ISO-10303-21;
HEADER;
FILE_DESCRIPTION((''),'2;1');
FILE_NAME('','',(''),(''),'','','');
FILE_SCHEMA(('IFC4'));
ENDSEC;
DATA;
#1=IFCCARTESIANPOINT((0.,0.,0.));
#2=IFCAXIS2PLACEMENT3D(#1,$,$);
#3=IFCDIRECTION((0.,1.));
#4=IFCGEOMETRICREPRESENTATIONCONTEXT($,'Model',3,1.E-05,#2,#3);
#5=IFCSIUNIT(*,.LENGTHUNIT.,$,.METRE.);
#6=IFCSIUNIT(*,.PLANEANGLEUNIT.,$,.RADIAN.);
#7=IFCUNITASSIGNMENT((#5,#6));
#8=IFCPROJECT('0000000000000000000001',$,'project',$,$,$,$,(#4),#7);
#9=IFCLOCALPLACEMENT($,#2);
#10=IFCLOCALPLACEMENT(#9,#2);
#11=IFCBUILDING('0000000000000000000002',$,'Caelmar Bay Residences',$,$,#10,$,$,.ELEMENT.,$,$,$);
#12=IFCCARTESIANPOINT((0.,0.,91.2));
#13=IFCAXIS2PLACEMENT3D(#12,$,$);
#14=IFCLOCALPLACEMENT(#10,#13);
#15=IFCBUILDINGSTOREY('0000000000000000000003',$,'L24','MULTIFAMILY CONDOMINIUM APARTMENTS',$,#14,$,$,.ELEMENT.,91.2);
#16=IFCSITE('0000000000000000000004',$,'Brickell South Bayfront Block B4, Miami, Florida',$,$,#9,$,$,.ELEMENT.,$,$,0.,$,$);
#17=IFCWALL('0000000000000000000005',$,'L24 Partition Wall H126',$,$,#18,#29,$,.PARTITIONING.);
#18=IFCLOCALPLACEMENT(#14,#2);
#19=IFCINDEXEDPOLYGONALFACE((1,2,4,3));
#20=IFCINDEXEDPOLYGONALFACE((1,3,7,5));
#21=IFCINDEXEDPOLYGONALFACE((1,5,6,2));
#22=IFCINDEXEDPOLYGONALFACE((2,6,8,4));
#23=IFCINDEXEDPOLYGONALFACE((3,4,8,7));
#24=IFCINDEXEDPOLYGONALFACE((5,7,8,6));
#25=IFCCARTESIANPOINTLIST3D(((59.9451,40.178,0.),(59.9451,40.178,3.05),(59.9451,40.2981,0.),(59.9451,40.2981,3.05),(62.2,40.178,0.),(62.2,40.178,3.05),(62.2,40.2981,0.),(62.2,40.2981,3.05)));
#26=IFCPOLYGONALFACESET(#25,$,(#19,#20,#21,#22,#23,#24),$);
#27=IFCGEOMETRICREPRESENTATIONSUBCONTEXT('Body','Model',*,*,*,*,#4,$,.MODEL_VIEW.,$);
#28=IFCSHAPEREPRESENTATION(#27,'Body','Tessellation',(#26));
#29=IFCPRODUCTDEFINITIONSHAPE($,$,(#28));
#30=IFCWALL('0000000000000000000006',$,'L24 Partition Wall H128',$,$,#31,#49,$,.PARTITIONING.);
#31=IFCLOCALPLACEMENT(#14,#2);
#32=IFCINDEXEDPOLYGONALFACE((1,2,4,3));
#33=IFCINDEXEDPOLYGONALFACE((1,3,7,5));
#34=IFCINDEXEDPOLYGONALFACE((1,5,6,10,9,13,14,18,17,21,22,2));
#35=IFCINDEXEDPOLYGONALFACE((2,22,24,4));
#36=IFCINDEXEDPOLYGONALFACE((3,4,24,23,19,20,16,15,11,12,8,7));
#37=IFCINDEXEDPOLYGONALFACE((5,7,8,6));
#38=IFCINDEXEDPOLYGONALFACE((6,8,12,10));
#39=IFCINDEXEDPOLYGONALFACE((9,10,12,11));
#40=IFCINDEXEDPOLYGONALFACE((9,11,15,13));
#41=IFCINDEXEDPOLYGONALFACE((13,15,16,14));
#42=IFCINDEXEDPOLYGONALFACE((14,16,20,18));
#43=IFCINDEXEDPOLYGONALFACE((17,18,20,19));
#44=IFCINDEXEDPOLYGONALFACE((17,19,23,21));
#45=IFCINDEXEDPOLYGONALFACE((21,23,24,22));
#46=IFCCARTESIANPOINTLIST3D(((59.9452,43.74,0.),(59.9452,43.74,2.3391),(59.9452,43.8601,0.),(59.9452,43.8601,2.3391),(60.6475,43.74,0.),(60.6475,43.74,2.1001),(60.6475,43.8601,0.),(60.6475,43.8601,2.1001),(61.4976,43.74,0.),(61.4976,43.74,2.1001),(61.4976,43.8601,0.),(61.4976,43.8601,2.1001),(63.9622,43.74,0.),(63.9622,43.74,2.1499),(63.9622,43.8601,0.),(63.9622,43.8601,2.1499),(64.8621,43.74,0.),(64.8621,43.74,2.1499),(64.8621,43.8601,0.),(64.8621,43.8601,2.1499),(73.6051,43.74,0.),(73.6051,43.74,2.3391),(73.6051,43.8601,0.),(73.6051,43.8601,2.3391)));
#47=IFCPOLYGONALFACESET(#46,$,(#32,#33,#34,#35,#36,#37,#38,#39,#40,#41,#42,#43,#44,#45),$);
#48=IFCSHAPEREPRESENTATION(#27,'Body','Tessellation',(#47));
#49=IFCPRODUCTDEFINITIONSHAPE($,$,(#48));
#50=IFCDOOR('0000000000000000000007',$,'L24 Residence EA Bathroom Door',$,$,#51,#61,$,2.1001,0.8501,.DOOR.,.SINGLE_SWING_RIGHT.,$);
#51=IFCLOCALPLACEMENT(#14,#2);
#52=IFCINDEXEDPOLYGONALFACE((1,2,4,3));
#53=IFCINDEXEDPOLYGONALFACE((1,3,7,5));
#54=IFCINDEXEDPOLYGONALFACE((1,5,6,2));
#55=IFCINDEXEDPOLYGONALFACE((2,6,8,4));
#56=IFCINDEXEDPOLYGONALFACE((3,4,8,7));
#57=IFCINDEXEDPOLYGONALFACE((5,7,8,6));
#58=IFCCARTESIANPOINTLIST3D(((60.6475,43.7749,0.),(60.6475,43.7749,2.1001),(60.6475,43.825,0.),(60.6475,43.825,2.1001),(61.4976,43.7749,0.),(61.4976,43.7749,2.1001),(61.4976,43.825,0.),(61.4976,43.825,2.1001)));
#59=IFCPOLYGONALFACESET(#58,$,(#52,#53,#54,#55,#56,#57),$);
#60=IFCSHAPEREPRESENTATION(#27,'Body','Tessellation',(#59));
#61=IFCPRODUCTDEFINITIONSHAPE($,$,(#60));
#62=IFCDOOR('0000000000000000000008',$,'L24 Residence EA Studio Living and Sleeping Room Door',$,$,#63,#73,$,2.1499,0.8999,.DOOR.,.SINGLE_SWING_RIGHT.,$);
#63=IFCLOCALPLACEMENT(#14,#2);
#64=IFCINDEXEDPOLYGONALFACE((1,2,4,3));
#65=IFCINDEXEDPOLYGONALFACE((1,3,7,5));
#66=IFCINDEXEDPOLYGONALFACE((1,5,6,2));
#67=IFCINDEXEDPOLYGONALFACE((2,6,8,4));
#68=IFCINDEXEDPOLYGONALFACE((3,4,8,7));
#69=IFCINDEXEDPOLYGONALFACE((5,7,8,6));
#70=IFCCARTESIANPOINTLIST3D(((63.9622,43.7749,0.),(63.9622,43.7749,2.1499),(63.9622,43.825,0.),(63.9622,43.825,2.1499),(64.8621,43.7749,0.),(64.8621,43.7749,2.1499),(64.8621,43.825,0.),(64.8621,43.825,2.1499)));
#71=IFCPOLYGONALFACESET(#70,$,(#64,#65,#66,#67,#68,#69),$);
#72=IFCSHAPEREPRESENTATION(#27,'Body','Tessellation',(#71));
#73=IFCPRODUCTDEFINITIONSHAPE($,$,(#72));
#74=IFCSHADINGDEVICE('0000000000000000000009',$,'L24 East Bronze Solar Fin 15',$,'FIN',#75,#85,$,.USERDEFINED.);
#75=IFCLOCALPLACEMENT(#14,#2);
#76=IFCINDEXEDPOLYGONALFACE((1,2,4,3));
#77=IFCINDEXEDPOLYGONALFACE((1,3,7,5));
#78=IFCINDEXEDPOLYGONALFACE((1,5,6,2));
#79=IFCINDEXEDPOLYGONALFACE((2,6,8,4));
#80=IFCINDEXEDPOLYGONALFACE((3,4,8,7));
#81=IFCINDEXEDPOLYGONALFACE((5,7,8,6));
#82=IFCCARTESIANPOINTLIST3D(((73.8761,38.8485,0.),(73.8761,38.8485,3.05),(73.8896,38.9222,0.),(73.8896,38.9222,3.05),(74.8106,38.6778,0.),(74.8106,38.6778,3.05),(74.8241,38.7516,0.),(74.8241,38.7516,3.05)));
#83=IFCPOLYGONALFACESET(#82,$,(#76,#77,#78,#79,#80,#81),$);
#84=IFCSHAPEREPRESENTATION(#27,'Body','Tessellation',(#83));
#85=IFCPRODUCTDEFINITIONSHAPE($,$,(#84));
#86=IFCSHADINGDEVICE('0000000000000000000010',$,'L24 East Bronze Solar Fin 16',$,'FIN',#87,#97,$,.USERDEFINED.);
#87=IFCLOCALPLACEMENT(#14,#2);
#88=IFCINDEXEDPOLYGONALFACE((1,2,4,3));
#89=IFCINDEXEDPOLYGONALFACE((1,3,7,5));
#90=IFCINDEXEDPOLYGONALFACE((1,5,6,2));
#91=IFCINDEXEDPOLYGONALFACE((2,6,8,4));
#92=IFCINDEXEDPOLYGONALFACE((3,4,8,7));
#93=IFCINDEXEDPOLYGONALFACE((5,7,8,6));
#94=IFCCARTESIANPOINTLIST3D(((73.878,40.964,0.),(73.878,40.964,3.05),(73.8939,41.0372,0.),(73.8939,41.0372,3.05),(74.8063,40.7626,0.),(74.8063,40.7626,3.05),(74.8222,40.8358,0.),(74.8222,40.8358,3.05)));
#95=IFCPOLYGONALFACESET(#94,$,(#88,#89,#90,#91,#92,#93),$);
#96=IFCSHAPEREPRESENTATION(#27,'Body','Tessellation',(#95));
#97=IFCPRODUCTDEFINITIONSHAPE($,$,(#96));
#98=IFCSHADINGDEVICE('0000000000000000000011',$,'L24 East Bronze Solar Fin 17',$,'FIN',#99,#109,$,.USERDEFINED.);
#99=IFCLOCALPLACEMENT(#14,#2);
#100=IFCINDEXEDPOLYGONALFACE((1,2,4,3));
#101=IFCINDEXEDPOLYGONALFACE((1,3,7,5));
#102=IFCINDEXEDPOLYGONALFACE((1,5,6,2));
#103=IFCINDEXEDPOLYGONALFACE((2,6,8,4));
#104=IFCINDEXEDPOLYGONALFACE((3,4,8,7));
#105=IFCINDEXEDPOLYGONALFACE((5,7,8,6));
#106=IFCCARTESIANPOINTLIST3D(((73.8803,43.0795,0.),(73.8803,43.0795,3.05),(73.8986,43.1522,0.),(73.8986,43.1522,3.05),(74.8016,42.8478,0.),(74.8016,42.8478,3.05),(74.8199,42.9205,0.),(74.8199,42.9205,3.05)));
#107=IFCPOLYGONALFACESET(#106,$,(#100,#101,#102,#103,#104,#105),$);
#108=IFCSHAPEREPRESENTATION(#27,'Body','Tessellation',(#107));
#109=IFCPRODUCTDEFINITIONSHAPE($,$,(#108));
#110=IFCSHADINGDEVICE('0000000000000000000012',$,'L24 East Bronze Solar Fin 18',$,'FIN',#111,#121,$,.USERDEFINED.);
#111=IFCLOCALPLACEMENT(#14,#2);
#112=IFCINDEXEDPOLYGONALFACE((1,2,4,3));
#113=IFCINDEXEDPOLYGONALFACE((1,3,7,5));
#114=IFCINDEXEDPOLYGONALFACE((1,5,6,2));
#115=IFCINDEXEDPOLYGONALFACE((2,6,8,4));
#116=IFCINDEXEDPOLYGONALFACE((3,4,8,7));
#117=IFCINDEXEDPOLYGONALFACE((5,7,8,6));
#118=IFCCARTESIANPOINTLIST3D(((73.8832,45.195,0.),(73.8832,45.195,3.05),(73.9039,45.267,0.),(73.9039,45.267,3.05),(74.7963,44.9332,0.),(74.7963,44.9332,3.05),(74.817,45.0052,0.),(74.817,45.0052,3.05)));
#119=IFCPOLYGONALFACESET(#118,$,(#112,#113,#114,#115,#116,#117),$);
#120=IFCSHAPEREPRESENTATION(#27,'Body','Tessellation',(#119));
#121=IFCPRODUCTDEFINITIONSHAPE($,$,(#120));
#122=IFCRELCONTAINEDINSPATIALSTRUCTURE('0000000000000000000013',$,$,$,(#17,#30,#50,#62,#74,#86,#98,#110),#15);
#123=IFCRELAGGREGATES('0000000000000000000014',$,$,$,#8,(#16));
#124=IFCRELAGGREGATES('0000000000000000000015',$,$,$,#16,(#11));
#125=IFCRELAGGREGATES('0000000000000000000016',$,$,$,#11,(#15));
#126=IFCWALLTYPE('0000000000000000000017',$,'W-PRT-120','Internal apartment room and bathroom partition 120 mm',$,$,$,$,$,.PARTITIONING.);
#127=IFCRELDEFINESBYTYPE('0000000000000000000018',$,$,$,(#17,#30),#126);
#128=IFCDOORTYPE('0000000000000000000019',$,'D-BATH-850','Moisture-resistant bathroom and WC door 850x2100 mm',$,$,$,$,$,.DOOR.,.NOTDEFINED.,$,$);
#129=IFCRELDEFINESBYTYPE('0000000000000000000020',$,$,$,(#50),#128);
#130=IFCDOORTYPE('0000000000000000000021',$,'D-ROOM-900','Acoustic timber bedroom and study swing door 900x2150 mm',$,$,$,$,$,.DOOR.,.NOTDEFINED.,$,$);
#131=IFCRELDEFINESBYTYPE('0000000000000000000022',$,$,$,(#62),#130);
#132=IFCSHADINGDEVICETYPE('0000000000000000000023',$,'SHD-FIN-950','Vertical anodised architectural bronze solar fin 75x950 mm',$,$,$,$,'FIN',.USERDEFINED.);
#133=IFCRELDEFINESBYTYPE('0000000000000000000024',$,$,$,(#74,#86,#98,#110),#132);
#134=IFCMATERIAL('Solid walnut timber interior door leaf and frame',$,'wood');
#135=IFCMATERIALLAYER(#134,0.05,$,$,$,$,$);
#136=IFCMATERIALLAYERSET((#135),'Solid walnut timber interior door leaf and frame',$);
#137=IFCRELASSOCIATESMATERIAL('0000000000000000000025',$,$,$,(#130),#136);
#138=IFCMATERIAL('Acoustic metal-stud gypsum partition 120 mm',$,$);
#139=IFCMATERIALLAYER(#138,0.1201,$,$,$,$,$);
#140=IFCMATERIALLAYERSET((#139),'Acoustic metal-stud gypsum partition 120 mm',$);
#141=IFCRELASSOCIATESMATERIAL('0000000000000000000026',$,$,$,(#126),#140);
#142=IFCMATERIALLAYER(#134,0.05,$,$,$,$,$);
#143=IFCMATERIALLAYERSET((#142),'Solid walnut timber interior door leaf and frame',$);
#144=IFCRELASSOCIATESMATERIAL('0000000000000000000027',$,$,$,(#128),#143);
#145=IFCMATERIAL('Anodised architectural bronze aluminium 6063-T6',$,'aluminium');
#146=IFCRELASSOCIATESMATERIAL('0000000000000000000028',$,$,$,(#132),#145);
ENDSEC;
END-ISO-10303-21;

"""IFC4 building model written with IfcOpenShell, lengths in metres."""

from ifc_helpers import new_model, si_unit, direction, frame, frame_2d, origin, origin_2d, place, context, subcontext, project, spatial, rectangle, extrude, material, layer, layer_set, material_profile, profile_set, type_object, element, fill, save


model = new_model("IFC4")

# Units and contexts
model_context = context("Model", 3, precision=1e-05, world=origin(), true_north=direction((0.0, 1.0)))
body_context = subcontext(model_context, "Body", "Model", "MODEL_VIEW")
ifc_project = project(units=[si_unit("LENGTHUNIT", "METRE"), si_unit("PLANEANGLEUNIT", "RADIAN")], contexts=[model_context])

# Site, building, storey
site_placement = place(None, origin())
site = spatial("IfcSite", under=ifc_project, at=site_placement, Name="Brickell South Bayfront Block B4, Miami, Florida", CompositionType="ELEMENT", RefElevation=0.0)
building_placement = place(site_placement, origin())
building = spatial("IfcBuilding", under=site, at=building_placement, Name="Caelmar Bay Residences", CompositionType="ELEMENT")
storey_placement = place(building_placement, frame((0.0, 0.0, 91.2)))
storey = spatial("IfcBuildingStorey", under=building, at=storey_placement, Name="L24", Description="MULTIFAMILY CONDOMINIUM APARTMENTS", CompositionType="ELEMENT", Elevation=91.2)

# Shared definitions
ifc_material_1 = material(Name="Solid walnut timber interior door leaf and frame", Category="wood")
ifc_layer_1 = layer(ifc_material_1, 0.05)
ifc_layer_set_1 = layer_set([ifc_layer_1], Name="Solid walnut timber interior door leaf and frame")
door_type_1 = type_object("IfcDoorType", Name="D-ROOM-900", Description="Acoustic timber bedroom and study swing door 900x2150 mm", OperationType="NOTDEFINED", PredefinedType="DOOR", material=ifc_layer_set_1)
ifc_material_2 = material(Name="Acoustic metal-stud gypsum partition 120 mm")
ifc_layer_2 = layer(ifc_material_2, 0.1201)
ifc_layer_set_2 = layer_set([ifc_layer_2], Name="Acoustic metal-stud gypsum partition 120 mm")
wall_type_1 = type_object("IfcWallType", Name="W-PRT-120", Description="Internal apartment room and bathroom partition 120 mm", PredefinedType="PARTITIONING", material=ifc_layer_set_2)

# Wall
wall_1_placement = place(storey_placement, frame((59.9451, 40.238, 0.0), z_axis=(0.0, 0.0, 1.0), x_axis=(1.0, 0.0, 0.0)))
element("IfcWall", 1, at=wall_1_placement, inside=storey, type_object=wall_type_1, Name="L24 Partition Wall H126", PredefinedType="PARTITIONING", context=body_context, shape_type="SweptSolid", body=[
    extrude(rectangle(XDim=2.2549, YDim=0.1201, at=frame_2d((1.1274, 0.0))), origin(), (0.0, 0.0, 1.0), 3.05),
])

# Wall, openings, doors
wall_2_placement = place(storey_placement, frame((59.9451, 43.8, 0.0), z_axis=(0.0, 0.0, 1.0), x_axis=(1.0, 0.0, 0.0)))
wall_2 = element("IfcWall", 2, at=wall_2_placement, inside=storey, type_object=wall_type_1, Name="L24 Partition Wall H128", PredefinedType="PARTITIONING", context=body_context, shape_type="SweptSolid", body=[
    extrude(rectangle(XDim=13.6599, YDim=0.1201, at=frame_2d((6.8301, 0.0))), origin(), (0.0, 0.0, 1.0), 2.3391),
])
opening_1_placement = place(wall_2_placement, frame((4.0171, 0.0, 0.0)))
opening_1 = element("IfcOpeningElement", 3, at=opening_1_placement, cuts=wall_2, PredefinedType="OPENING", context=body_context, shape_type="SweptSolid", body=[
    extrude(rectangle(XDim=0.8999, YDim=2.1499, at=frame_2d((0.45, 1.075))), frame((0.0, 0.0701, 0.0), z_axis=(0.0, -1.0, 0.0), x_axis=(1.0, 0.0, 0.0)), (0.0, 0.0, 1.0), 0.1401),
])
opening_2_placement = place(wall_2_placement, frame((0.7024, 0.0, 0.0)))
opening_2 = element("IfcOpeningElement", 4, at=opening_2_placement, cuts=wall_2, PredefinedType="OPENING", context=body_context, shape_type="SweptSolid", body=[
    extrude(rectangle(XDim=0.8501, YDim=2.1001, at=frame_2d((0.425, 1.05))), frame((0.0, 0.0701, 0.0), z_axis=(0.0, -1.0, 0.0), x_axis=(1.0, 0.0, 0.0)), (0.0, 0.0, 1.0), 0.1401),
])
ifc_layer_3 = layer(ifc_material_1, 0.05)
ifc_layer_set_3 = layer_set([ifc_layer_3], Name="Solid walnut timber interior door leaf and frame")
door_type_2 = type_object("IfcDoorType", Name="D-BATH-850", Description="Moisture-resistant bathroom and WC door 850x2100 mm", OperationType="NOTDEFINED", PredefinedType="DOOR", material=ifc_layer_set_3)
door_1_placement = place(opening_2_placement, origin())
door_1 = element("IfcDoor", 5, at=door_1_placement, inside=storey, type_object=door_type_2, Name="L24 Residence EA Bathroom Door", OperationType="SINGLE_SWING_RIGHT", OverallHeight=2.1001, OverallWidth=0.8501, PredefinedType="DOOR", context=body_context, shape_type="SweptSolid", body=[
    extrude(rectangle(XDim=0.8501, YDim=2.1001, at=frame_2d((0.425, 1.05))), frame((0.0, 0.0249, 0.0), z_axis=(0.0, -1.0, 0.0), x_axis=(1.0, 0.0, 0.0)), (0.0, 0.0, 1.0), 0.05),
])
fill(opening_2, door_1)
door_2_placement = place(opening_1_placement, origin())
door_2 = element("IfcDoor", 6, at=door_2_placement, inside=storey, type_object=door_type_1, Name="L24 Residence EA Studio Living and Sleeping Room Door", OperationType="SINGLE_SWING_RIGHT", OverallHeight=2.1499, OverallWidth=0.8999, PredefinedType="DOOR", context=body_context, shape_type="SweptSolid", body=[
    extrude(rectangle(XDim=0.8999, YDim=2.1499, at=frame_2d((0.45, 1.075))), frame((0.0, 0.0249, 0.0), z_axis=(0.0, -1.0, 0.0), x_axis=(1.0, 0.0, 0.0)), (0.0, 0.0, 1.0), 0.05),
])
fill(opening_1, door_2)

# Shading devices
ifc_material_3 = material(Name="Anodised architectural bronze aluminium 6063-T6", Category="aluminium")
ifc_material_profile_1 = material_profile(ifc_material_3, rectangle(XDim=0.075, YDim=0.95, at=origin_2d()), Name="BRONZE-FIN-75X950")
ifc_profile_set_1 = profile_set([ifc_material_profile_1], Name="Anodised architectural bronze aluminium 6063-T6")
shading_device_type = type_object("IfcShadingDeviceType", Name="SHD-FIN-950", Description="Vertical anodised architectural bronze solar fin 75x950 mm", ElementType="FIN", PredefinedType="USERDEFINED", material=ifc_profile_set_1)
for number, where, z_axis, x_axis, name in (
    (7, (74.3501, 38.8, 0.0), (0.0, 0.0, 1.0), (0.179661, 0.983729, 0.0), "L24 East Bronze Solar Fin 15"),
    (8, (74.3501, 40.8999, 0.0), (0.0, 0.0, 1.0), (0.212007, 0.977268, 0.0), "L24 East Bronze Solar Fin 16"),
    (9, (74.3501, 43.0, 0.0), (0.0, 0.0, 1.0), (0.243954, 0.969787, 0.0), "L24 East Bronze Solar Fin 17"),
    (10, (74.3501, 45.1001, 0.0), (0.0, 0.0, 1.0), (0.275637, 0.961262, 0.0), "L24 East Bronze Solar Fin 18"),
):
    element("IfcShadingDevice", number, at=place(storey_placement, frame(where, z_axis=z_axis, x_axis=x_axis)), inside=storey, type_object=shading_device_type, Name=name, ObjectType="FIN", PredefinedType="USERDEFINED", context=body_context, shape_type="SweptSolid", body=[
        extrude(rectangle(XDim=0.075, YDim=0.95, at=origin_2d()), origin(), (0.0, 0.0, 1.0), 3.05),
    ])

save(model, "model.ifc")
